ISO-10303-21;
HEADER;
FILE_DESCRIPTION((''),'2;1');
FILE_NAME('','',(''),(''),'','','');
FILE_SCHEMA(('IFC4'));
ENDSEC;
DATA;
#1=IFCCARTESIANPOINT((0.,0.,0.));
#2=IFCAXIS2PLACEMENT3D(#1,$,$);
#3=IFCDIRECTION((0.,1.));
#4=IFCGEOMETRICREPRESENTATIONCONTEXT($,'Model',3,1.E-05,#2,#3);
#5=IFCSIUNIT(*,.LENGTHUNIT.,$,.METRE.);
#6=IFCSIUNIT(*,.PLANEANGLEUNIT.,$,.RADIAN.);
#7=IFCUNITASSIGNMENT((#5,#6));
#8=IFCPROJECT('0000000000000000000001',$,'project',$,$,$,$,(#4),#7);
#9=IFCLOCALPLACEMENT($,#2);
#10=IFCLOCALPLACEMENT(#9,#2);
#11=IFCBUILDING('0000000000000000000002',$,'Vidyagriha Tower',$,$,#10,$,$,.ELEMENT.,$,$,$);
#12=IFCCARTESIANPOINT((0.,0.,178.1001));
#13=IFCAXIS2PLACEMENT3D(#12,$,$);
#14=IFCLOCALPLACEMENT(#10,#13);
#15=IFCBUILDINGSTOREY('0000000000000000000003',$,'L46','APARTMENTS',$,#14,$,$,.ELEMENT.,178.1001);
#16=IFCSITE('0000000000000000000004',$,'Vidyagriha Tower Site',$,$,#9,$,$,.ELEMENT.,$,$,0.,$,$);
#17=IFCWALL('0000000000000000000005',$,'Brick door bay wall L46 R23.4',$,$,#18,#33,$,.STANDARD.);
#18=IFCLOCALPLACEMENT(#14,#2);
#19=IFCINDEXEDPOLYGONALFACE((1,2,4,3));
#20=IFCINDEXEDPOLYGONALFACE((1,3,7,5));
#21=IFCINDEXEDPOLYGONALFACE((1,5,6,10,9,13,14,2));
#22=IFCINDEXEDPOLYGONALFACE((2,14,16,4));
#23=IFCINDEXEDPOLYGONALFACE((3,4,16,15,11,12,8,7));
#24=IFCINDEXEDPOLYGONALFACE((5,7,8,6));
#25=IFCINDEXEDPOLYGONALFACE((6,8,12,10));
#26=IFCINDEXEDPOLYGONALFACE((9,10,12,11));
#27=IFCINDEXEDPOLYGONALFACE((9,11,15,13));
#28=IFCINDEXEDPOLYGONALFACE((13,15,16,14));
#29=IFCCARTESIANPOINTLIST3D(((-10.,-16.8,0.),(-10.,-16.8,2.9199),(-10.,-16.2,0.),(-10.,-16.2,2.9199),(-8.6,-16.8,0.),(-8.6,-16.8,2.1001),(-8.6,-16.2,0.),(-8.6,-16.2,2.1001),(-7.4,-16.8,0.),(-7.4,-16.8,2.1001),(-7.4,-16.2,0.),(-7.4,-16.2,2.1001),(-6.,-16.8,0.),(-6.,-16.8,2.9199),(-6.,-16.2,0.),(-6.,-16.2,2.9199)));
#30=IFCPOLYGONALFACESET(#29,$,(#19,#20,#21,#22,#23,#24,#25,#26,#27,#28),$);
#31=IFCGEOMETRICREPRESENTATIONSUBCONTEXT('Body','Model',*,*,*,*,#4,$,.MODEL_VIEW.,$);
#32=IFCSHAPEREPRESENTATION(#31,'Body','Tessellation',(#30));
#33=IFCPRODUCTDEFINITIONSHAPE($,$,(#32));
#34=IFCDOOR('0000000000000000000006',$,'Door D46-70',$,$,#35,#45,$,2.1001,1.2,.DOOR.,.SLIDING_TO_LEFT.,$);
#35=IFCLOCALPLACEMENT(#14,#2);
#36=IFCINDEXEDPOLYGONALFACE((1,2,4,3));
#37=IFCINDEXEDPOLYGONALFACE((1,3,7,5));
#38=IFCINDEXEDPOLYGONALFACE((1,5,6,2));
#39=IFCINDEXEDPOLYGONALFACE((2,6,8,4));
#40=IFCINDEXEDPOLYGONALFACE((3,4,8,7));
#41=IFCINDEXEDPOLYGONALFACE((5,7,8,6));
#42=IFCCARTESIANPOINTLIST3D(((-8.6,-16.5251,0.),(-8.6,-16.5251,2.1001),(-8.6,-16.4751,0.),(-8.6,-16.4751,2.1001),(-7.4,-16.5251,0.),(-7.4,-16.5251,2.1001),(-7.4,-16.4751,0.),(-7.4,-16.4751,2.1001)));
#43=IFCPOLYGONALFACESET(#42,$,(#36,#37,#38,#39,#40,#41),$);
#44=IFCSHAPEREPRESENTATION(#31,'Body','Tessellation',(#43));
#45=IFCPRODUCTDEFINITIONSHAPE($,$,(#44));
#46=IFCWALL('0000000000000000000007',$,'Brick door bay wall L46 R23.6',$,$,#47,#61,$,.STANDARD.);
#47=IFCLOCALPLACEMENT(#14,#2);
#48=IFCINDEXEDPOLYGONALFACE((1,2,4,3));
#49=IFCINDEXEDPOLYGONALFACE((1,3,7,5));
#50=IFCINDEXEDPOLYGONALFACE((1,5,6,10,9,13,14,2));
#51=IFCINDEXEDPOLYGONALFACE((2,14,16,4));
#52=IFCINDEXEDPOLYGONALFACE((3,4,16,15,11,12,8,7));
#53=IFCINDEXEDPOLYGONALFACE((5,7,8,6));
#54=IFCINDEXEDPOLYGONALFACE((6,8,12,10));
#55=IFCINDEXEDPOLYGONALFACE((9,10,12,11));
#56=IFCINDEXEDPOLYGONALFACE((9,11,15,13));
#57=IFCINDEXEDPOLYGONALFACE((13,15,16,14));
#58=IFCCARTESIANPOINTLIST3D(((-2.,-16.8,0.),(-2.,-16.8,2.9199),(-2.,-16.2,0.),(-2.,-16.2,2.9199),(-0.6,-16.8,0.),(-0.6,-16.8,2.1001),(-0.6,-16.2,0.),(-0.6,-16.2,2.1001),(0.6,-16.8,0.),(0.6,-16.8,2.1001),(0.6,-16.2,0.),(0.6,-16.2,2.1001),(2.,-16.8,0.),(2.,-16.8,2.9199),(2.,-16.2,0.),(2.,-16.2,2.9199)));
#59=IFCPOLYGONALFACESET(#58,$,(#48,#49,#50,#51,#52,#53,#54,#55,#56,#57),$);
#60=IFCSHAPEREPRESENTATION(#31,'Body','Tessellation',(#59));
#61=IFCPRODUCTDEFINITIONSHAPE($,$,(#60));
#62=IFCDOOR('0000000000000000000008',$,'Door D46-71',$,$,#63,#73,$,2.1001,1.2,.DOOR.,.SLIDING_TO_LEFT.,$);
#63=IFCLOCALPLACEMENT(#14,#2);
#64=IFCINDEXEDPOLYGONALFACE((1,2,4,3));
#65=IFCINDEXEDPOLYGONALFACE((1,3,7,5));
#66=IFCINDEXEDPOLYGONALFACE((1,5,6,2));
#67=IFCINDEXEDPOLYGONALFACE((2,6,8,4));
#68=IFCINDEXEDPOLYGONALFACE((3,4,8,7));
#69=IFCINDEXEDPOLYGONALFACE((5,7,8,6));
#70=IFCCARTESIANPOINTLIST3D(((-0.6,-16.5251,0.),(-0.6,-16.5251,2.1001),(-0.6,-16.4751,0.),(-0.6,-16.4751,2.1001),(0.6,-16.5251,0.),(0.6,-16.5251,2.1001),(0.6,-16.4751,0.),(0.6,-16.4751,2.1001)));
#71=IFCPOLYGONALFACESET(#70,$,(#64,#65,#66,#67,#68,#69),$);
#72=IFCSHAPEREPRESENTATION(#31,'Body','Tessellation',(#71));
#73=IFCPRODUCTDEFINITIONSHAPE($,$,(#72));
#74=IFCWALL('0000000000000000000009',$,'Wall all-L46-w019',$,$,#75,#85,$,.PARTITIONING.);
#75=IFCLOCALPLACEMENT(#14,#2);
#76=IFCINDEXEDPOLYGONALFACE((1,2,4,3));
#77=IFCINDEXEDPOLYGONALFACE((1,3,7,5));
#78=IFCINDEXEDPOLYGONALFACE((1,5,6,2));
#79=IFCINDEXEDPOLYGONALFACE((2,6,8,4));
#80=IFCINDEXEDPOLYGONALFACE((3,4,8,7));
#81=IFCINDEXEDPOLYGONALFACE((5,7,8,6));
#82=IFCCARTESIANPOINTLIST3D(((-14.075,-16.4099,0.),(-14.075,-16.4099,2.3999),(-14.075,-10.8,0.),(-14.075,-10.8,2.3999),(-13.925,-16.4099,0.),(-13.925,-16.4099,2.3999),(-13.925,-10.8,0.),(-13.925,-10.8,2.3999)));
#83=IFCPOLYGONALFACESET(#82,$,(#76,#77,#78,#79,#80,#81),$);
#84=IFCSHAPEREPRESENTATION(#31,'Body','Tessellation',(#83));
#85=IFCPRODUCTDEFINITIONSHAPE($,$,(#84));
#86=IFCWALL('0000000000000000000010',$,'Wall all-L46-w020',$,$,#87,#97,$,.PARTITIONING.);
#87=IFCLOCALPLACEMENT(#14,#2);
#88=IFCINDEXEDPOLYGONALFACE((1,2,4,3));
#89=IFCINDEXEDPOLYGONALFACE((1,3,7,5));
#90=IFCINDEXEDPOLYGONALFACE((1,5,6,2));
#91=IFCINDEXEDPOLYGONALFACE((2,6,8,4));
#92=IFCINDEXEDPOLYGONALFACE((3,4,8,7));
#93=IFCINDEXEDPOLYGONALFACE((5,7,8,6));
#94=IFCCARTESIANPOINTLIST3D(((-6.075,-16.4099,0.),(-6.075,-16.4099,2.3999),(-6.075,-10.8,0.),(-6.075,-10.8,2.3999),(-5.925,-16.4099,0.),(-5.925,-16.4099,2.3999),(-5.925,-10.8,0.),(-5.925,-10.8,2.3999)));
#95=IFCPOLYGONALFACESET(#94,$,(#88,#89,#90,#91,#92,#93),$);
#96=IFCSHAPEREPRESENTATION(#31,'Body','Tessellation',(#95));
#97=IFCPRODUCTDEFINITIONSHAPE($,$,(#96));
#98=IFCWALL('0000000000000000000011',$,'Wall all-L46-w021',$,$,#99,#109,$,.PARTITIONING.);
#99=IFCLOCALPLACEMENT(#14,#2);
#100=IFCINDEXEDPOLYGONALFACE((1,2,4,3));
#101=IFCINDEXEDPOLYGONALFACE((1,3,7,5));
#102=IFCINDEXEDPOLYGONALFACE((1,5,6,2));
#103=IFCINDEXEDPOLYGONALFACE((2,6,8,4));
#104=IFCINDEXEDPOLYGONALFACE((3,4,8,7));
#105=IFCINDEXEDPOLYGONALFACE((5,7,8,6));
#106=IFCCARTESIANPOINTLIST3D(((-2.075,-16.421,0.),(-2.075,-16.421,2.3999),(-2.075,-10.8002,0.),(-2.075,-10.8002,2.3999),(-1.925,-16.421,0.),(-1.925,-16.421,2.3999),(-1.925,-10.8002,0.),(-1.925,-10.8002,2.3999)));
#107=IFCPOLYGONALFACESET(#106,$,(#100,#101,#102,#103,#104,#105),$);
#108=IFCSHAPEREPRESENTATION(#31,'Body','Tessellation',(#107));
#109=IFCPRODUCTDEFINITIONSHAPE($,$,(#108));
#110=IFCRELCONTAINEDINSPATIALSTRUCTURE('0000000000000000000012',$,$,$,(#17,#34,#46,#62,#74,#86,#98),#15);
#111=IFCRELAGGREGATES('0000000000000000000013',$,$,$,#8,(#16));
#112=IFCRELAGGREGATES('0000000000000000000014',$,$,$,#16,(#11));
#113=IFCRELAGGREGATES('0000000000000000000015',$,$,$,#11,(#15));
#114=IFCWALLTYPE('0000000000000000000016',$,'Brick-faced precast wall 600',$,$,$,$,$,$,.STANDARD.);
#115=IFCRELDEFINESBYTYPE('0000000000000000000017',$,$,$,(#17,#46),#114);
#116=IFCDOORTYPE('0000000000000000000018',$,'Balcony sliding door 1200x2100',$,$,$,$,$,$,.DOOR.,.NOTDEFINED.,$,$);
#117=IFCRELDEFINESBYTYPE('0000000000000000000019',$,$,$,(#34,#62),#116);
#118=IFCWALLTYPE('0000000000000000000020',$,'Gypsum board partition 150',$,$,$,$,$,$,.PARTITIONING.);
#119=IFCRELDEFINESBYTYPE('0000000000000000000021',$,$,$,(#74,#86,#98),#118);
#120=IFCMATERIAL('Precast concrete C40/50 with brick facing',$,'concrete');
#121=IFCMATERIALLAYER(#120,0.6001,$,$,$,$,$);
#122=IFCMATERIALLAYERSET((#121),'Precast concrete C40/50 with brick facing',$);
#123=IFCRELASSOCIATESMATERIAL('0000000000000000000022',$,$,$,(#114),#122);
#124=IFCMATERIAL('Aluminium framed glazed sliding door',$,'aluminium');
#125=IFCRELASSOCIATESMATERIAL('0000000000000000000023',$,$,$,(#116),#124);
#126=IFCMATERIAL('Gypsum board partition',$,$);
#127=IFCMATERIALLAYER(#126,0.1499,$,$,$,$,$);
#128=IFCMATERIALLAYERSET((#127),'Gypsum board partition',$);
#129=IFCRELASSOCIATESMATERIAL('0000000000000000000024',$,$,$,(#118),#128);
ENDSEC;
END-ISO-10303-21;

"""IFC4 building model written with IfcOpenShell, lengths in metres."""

from ifc_helpers import new_model, si_unit, direction, frame, frame_2d, origin, place, context, subcontext, project, spatial, rectangle, extrude, material, layer, layer_set, type_object, element, fill, save


model = new_model("IFC4")

# Units and contexts
model_context = context("Model", 3, precision=1e-05, world=origin(), true_north=direction((0.0, 1.0)))
body_context = subcontext(model_context, "Body", "Model", "MODEL_VIEW")
ifc_project = project(units=[si_unit("LENGTHUNIT", "METRE"), si_unit("PLANEANGLEUNIT", "RADIAN")], contexts=[model_context])

# Site, building, storey
site_placement = place(None, origin())
site = spatial("IfcSite", under=ifc_project, at=site_placement, Name="Vidyagriha Tower Site", CompositionType="ELEMENT", RefElevation=0.0)
building_placement = place(site_placement, origin())
building = spatial("IfcBuilding", under=site, at=building_placement, Name="Vidyagriha Tower", CompositionType="ELEMENT")
storey_placement = place(building_placement, frame((0.0, 0.0, 178.1001)))
storey = spatial("IfcBuildingStorey", under=building, at=storey_placement, Name="L46", Description="APARTMENTS", CompositionType="ELEMENT", Elevation=178.1001)

# Walls, openings, doors
ifc_material_1 = material(Name="Precast concrete C40/50 with brick facing", Category="concrete")
ifc_layer_1 = layer(ifc_material_1, 0.6001)
ifc_layer_set_1 = layer_set([ifc_layer_1], Name="Precast concrete C40/50 with brick facing")
wall_type_1 = type_object("IfcWallType", Name="Brick-faced precast wall 600", PredefinedType="STANDARD", material=ifc_layer_set_1)
wall_1_placement = place(storey_placement, frame((-10.0, -16.5, 0.0)))
wall_1 = element("IfcWall", 1, at=wall_1_placement, inside=storey, type_object=wall_type_1, Name="Brick door bay wall L46 R23.4", PredefinedType="STANDARD", context=body_context, shape_type="SweptSolid", body=[
    extrude(rectangle(XDim=4.0, YDim=0.6001, at=frame_2d((2.0, 0.0))), origin(), (0.0, 0.0, 1.0), 2.9199),
])
opening_1_placement = place(wall_1_placement, frame((1.3999, 0.0, 0.0)))
opening_1 = element("IfcOpeningElement", 2, at=opening_1_placement, cuts=wall_1, PredefinedType="OPENING", context=body_context, shape_type="SweptSolid", body=[
    extrude(rectangle(XDim=1.2, YDim=2.1001, at=frame_2d((0.6001, 1.05))), frame((0.0, 0.3101, 0.0), z_axis=(0.0, -1.0, 0.0), x_axis=(1.0, 0.0, 0.0)), (0.0, 0.0, 1.0), 0.6201),
])
ifc_material_2 = material(Name="Aluminium framed glazed sliding door", Category="aluminium")
door_type = type_object("IfcDoorType", Name="Balcony sliding door 1200x2100", OperationType="NOTDEFINED", PredefinedType="DOOR", material=ifc_material_2)
door_1_placement = place(opening_1_placement, origin())
door_1 = element("IfcDoor", 3, at=door_1_placement, inside=storey, type_object=door_type, Name="Door D46-70", OperationType="SLIDING_TO_LEFT", OverallHeight=2.1001, OverallWidth=1.2, PredefinedType="DOOR", context=body_context, shape_type="SweptSolid", body=[
    extrude(rectangle(XDim=1.2, YDim=2.1001, at=frame_2d((0.6001, 1.05))), frame((0.0, 0.0249, 0.0), z_axis=(0.0, -1.0, 0.0), x_axis=(1.0, 0.0, 0.0)), (0.0, 0.0, 1.0), 0.05),
])
fill(opening_1, door_1)
wall_2_placement = place(storey_placement, frame((-2.0, -16.5, 0.0)))
wall_2 = element("IfcWall", 4, at=wall_2_placement, inside=storey, type_object=wall_type_1, Name="Brick door bay wall L46 R23.6", PredefinedType="STANDARD", context=body_context, shape_type="SweptSolid", body=[
    extrude(rectangle(XDim=4.0, YDim=0.6001, at=frame_2d((2.0, 0.0))), origin(), (0.0, 0.0, 1.0), 2.9199),
])
opening_2_placement = place(wall_2_placement, frame((1.3999, 0.0, 0.0)))
opening_2 = element("IfcOpeningElement", 5, at=opening_2_placement, cuts=wall_2, PredefinedType="OPENING", context=body_context, shape_type="SweptSolid", body=[
    extrude(rectangle(XDim=1.2, YDim=2.1001, at=frame_2d((0.6001, 1.05))), frame((0.0, 0.3101, 0.0), z_axis=(0.0, -1.0, 0.0), x_axis=(1.0, 0.0, 0.0)), (0.0, 0.0, 1.0), 0.6201),
])
door_2_placement = place(opening_2_placement, origin())
door_2 = element("IfcDoor", 6, at=door_2_placement, inside=storey, type_object=door_type, Name="Door D46-71", OperationType="SLIDING_TO_LEFT", OverallHeight=2.1001, OverallWidth=1.2, PredefinedType="DOOR", context=body_context, shape_type="SweptSolid", body=[
    extrude(rectangle(XDim=1.2, YDim=2.1001, at=frame_2d((0.6001, 1.05))), frame((0.0, 0.0249, 0.0), z_axis=(0.0, -1.0, 0.0), x_axis=(1.0, 0.0, 0.0)), (0.0, 0.0, 1.0), 0.05),
])
fill(opening_2, door_2)

# Walls
ifc_material_3 = material(Name="Gypsum board partition")
ifc_layer_2 = layer(ifc_material_3, 0.1499)
ifc_layer_set_2 = layer_set([ifc_layer_2], Name="Gypsum board partition")
wall_type_2 = type_object("IfcWallType", Name="Gypsum board partition 150", PredefinedType="PARTITIONING", material=ifc_layer_set_2)
for number, where, z_axis, x_axis, name in (
    (7, (-14.0, -10.8, 0.0), (0.0, 0.0, 1.0), (0.0, -1.0, 0.0), "Wall all-L46-w019"),
    (8, (-6.0, -10.8, 0.0), (0.0, 0.0, 1.0), (0.0, -1.0, 0.0), "Wall all-L46-w020"),
):
    element("IfcWall", number, at=place(storey_placement, frame(where, z_axis=z_axis, x_axis=x_axis)), inside=storey, type_object=wall_type_2, Name=name, PredefinedType="PARTITIONING", context=body_context, shape_type="SweptSolid", body=[
        extrude(rectangle(XDim=5.6099, YDim=0.1499, at=frame_2d((2.8049, 0.0))), origin(), (0.0, 0.0, 1.0), 2.3999),
    ])
wall_3_placement = place(storey_placement, frame((-2.0, -10.8, 0.0), z_axis=(0.0, 0.0, 1.0), x_axis=(0.0, -1.0, 0.0)))
element("IfcWall", 9, at=wall_3_placement, inside=storey, type_object=wall_type_2, Name="Wall all-L46-w021", PredefinedType="PARTITIONING", context=body_context, shape_type="SweptSolid", body=[
    extrude(rectangle(XDim=5.6208, YDim=0.1499, at=frame_2d((2.8105, 0.0))), origin(), (0.0, 0.0, 1.0), 2.3999),
])

save(model, "model.ifc")
